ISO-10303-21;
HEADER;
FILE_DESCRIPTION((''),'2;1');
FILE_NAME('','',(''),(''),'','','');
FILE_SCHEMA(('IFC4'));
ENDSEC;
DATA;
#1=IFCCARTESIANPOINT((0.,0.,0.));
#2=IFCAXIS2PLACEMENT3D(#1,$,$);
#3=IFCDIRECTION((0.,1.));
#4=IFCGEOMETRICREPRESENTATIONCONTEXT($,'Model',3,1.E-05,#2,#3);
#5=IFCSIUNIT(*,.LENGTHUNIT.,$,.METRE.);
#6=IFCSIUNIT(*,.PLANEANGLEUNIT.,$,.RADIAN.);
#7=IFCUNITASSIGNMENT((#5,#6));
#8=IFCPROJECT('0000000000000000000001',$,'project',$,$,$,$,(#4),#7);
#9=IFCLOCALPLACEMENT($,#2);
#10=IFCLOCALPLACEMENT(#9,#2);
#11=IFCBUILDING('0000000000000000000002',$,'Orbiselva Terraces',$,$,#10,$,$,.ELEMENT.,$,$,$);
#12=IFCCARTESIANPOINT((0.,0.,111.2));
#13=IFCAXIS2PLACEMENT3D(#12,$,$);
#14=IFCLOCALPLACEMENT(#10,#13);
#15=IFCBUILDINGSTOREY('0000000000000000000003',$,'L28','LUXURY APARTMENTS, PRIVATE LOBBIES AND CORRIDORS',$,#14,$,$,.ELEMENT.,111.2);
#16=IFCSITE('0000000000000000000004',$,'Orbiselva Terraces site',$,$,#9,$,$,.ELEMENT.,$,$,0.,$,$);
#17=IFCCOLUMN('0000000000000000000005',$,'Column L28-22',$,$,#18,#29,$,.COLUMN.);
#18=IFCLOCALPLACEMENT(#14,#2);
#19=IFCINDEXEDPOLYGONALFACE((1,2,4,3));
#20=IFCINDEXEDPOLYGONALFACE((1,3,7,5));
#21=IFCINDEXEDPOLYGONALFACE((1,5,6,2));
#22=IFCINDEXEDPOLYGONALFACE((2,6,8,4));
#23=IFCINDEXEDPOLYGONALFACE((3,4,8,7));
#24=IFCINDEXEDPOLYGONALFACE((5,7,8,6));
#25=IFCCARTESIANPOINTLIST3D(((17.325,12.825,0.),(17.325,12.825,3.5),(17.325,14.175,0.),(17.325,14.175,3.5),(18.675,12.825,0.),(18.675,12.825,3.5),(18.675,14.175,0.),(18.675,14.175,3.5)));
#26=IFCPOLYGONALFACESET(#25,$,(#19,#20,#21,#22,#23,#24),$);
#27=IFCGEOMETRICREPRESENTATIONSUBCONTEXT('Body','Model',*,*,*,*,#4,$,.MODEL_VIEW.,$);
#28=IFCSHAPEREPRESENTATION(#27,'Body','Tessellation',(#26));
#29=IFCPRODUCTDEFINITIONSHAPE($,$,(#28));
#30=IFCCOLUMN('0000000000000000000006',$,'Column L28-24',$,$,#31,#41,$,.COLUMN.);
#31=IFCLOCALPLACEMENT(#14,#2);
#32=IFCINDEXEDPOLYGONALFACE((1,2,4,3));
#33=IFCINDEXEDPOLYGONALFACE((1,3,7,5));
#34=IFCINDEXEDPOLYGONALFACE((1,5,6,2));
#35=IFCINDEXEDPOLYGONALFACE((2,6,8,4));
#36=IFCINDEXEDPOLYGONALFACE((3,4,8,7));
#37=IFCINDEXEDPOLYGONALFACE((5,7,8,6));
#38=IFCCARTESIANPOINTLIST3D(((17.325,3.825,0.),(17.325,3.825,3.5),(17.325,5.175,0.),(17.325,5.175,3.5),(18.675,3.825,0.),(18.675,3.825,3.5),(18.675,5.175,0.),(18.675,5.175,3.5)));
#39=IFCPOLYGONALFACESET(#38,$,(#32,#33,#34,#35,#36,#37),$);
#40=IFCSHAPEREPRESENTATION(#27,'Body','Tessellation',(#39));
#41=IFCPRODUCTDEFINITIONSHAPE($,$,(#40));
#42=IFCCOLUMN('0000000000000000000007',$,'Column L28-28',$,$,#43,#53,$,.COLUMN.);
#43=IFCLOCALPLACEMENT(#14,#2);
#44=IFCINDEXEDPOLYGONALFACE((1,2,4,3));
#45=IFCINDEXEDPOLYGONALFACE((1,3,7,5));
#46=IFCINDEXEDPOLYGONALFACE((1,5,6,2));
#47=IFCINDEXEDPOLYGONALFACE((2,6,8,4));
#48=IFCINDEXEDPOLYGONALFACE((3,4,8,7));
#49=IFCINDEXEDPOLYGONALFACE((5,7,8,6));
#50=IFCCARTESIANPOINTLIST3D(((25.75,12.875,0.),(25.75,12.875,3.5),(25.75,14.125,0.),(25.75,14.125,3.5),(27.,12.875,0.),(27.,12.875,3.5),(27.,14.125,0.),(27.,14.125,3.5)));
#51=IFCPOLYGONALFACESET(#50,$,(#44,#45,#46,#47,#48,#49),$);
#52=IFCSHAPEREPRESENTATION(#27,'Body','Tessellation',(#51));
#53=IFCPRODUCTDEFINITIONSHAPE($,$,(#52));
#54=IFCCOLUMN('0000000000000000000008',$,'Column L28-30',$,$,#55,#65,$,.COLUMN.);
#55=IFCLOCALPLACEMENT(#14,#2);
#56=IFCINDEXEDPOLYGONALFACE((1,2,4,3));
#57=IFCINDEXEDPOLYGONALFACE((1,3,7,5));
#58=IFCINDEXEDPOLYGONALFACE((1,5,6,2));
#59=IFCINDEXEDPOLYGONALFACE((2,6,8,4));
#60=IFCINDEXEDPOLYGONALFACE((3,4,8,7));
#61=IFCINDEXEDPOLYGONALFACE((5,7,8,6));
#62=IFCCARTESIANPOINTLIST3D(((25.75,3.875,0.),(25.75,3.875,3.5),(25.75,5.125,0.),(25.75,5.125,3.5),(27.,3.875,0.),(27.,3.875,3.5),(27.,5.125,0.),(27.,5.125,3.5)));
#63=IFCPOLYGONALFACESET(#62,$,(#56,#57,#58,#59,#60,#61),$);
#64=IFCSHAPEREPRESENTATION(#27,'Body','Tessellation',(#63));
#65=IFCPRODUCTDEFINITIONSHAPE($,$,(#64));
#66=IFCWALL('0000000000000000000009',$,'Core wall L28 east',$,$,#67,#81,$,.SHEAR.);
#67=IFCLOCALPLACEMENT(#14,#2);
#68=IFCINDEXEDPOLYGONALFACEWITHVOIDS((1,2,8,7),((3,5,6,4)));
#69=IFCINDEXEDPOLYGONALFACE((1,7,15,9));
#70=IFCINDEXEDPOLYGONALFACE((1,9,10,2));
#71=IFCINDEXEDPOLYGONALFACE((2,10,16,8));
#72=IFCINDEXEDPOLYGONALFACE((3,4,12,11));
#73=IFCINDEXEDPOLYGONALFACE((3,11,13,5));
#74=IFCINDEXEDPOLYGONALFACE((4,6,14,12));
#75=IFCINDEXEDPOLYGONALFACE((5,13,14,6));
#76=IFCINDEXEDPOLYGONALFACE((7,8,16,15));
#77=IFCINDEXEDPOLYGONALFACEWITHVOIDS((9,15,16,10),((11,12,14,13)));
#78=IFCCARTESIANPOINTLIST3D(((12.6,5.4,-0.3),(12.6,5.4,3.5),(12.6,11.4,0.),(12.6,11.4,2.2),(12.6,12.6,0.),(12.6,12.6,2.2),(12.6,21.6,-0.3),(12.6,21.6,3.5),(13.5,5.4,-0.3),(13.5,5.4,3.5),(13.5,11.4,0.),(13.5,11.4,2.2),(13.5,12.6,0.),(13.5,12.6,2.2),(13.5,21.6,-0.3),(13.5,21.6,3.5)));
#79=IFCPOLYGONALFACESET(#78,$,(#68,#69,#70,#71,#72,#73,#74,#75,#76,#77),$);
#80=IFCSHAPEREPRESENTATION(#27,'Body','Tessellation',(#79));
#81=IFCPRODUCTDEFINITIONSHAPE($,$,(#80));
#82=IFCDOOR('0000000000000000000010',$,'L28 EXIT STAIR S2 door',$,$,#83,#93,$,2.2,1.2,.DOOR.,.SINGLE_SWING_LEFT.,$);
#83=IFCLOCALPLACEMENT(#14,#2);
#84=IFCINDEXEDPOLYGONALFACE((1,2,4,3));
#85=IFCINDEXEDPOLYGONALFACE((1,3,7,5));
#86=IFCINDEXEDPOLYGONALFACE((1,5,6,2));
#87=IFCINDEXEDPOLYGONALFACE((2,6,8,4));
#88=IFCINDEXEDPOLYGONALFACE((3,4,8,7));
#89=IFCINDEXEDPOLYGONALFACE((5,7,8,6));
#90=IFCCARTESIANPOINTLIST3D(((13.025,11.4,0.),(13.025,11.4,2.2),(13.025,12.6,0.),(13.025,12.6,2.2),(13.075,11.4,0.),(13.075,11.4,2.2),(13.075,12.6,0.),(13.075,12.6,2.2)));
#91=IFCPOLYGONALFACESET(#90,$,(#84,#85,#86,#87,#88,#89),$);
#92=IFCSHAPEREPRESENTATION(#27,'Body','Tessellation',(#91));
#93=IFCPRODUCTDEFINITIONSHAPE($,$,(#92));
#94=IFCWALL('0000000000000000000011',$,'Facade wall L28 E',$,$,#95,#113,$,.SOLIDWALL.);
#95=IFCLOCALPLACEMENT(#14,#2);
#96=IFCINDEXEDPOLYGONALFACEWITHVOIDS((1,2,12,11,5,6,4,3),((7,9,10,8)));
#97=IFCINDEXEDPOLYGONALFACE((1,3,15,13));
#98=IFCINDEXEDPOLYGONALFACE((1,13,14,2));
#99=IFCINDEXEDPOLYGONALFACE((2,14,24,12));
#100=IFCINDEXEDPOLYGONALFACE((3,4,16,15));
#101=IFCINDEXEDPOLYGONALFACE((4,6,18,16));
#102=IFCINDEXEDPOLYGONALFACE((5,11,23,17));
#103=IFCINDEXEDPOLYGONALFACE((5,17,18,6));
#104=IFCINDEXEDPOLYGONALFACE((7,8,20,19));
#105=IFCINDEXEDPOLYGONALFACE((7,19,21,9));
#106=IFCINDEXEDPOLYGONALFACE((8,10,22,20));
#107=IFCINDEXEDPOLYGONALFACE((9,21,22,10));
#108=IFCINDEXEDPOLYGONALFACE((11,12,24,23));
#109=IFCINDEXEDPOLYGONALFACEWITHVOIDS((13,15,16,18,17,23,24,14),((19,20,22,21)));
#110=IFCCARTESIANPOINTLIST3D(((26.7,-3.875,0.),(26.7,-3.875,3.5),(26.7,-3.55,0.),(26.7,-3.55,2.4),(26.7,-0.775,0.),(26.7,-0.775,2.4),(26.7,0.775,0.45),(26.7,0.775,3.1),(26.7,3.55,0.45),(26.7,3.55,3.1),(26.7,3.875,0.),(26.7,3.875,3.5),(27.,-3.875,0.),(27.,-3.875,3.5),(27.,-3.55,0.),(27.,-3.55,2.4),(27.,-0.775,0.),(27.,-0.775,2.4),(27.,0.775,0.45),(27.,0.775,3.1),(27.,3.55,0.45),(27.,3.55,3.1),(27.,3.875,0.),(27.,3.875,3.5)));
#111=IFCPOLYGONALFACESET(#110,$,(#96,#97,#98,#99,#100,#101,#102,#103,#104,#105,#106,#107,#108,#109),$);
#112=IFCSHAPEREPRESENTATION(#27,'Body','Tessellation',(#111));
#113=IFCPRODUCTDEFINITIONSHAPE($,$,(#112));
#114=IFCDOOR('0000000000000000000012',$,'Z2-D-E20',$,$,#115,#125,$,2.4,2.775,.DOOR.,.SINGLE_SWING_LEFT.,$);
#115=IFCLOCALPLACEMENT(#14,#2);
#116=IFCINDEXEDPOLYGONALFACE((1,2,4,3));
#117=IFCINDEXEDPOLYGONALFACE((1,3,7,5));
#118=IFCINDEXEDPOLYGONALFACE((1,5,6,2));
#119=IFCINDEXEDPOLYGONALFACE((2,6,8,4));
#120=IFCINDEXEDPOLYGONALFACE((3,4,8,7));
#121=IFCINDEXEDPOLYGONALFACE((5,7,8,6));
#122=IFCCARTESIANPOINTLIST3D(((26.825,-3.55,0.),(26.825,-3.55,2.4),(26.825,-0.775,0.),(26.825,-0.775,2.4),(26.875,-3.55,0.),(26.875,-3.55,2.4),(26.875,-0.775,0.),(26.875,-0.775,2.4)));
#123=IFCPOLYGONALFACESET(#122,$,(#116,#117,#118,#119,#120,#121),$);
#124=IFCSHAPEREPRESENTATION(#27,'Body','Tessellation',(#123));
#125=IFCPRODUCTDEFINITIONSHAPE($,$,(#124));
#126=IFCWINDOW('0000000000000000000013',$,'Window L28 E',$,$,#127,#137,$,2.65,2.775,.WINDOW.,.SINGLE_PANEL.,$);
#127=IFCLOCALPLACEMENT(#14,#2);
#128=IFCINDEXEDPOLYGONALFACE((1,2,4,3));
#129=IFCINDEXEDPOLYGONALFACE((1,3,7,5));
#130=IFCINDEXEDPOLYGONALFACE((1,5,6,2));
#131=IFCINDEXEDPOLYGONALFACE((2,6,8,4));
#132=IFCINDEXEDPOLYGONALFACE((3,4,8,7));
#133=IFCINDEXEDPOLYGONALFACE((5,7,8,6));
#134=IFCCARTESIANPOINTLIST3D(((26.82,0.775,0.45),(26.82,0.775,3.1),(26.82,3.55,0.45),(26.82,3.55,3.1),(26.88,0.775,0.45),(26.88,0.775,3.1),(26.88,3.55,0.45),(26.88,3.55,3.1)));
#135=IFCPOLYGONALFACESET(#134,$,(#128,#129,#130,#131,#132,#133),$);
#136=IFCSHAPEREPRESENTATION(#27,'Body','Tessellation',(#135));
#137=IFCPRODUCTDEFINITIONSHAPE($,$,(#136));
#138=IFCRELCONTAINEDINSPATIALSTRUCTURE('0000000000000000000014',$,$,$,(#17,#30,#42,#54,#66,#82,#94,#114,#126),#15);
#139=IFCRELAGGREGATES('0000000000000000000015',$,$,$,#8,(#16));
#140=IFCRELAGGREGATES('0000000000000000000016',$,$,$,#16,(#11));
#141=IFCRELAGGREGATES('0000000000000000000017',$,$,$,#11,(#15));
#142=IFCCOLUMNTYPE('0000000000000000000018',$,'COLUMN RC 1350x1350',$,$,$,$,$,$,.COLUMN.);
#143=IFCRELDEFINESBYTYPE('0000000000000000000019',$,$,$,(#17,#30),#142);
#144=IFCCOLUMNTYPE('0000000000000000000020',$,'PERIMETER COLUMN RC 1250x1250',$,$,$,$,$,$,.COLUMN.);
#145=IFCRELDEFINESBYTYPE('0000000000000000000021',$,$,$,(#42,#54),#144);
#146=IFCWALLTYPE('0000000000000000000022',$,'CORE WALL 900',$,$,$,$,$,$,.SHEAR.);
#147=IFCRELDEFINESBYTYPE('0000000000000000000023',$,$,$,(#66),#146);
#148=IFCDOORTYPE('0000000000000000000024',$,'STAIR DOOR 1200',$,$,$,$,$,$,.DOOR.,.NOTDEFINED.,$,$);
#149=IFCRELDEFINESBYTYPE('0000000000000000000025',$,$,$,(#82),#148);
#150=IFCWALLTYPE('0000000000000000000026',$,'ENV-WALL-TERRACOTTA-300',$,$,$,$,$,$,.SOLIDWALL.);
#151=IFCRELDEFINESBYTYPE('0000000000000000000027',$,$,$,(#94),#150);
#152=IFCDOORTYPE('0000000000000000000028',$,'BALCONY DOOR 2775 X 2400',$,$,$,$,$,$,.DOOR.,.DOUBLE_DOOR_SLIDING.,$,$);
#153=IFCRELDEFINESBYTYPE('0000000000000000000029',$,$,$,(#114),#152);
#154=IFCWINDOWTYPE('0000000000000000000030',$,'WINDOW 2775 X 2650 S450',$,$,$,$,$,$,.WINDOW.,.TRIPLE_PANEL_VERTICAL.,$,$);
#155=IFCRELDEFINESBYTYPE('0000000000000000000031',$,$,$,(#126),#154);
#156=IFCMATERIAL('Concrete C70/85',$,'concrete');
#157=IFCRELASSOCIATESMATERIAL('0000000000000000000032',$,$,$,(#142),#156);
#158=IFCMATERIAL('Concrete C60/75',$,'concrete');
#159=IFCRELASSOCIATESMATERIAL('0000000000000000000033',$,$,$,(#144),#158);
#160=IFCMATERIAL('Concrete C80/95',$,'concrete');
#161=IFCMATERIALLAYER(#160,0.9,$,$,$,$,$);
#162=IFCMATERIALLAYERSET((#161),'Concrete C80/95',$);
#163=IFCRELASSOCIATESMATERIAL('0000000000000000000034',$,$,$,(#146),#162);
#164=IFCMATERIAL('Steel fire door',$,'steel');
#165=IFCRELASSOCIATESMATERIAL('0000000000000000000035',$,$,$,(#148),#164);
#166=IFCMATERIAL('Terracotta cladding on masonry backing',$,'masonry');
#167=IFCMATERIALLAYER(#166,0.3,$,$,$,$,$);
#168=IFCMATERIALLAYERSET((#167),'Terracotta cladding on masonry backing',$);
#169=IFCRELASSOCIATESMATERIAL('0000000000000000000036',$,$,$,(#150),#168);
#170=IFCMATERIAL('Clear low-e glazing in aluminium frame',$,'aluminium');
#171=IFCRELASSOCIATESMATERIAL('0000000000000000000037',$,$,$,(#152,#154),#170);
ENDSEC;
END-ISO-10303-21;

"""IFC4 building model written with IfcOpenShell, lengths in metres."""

from ifc_helpers import new_model, si_unit, direction, frame, frame_2d, origin, origin_2d, place, context, subcontext, project, spatial, rectangle, extrude, material, layer, layer_set, material_profile, profile_set, type_object, element, fill, save


model = new_model("IFC4")

# Units and contexts
model_context = context("Model", 3, precision=1e-05, world=origin(), true_north=direction((0.0, 1.0)))
body_context = subcontext(model_context, "Body", "Model", "MODEL_VIEW")
ifc_project = project(units=[si_unit("LENGTHUNIT", "METRE"), si_unit("PLANEANGLEUNIT", "RADIAN")], contexts=[model_context])

# Site, building, storey
site_placement = place(None, origin())
site = spatial("IfcSite", under=ifc_project, at=site_placement, Name="Orbiselva Terraces site", CompositionType="ELEMENT", RefElevation=0.0)
building_placement = place(site_placement, origin())
building = spatial("IfcBuilding", under=site, at=building_placement, Name="Orbiselva Terraces", CompositionType="ELEMENT")
storey_placement = place(building_placement, frame((0.0, 0.0, 111.2)))
storey = spatial("IfcBuildingStorey", under=building, at=storey_placement, Name="L28", Description="LUXURY APARTMENTS, PRIVATE LOBBIES AND CORRIDORS", CompositionType="ELEMENT", Elevation=111.2)

# Columns
ifc_material_1 = material(Name="Concrete C70/85", Category="concrete")
ifc_material_profile_1 = material_profile(ifc_material_1, rectangle(XDim=1.35, YDim=1.35, at=origin_2d()), Name="RC 1350x1350")
ifc_profile_set_1 = profile_set([ifc_material_profile_1], Name="Concrete C70/85")
column_type_1 = type_object("IfcColumnType", Name="COLUMN RC 1350x1350", PredefinedType="COLUMN", material=ifc_profile_set_1)
for number, where, z_axis, x_axis, name in (
    (1, (18.0, 13.5, 0.0), (0.0, 0.0, 1.0), (1.0, 0.0, 0.0), "Column L28-22"),
    (2, (18.0, 4.5, 0.0), (0.0, 0.0, 1.0), (1.0, 0.0, 0.0), "Column L28-24"),
):
    element("IfcColumn", number, at=place(storey_placement, frame(where, z_axis=z_axis, x_axis=x_axis)), inside=storey, type_object=column_type_1, Name=name, PredefinedType="COLUMN", context=body_context, shape_type="SweptSolid", body=[
        extrude(rectangle(XDim=1.35, YDim=1.35, at=origin_2d()), origin(), (0.0, 0.0, 1.0), 3.5),
    ])
ifc_material_2 = material(Name="Concrete C60/75", Category="concrete")
ifc_material_profile_2 = material_profile(ifc_material_2, rectangle(XDim=1.25, YDim=1.25, at=origin_2d()), Name="RC 1250x1250")
ifc_profile_set_2 = profile_set([ifc_material_profile_2], Name="Concrete C60/75")
column_type_2 = type_object("IfcColumnType", Name="PERIMETER COLUMN RC 1250x1250", PredefinedType="COLUMN", material=ifc_profile_set_2)
for number, where, z_axis, x_axis, name in (
    (3, (26.375, 13.5, 0.0), (0.0, 0.0, 1.0), (1.0, 0.0, 0.0), "Column L28-28"),
    (4, (26.375, 4.5, 0.0), (0.0, 0.0, 1.0), (1.0, 0.0, 0.0), "Column L28-30"),
):
    element("IfcColumn", number, at=place(storey_placement, frame(where, z_axis=z_axis, x_axis=x_axis)), inside=storey, type_object=column_type_2, Name=name, PredefinedType="COLUMN", context=body_context, shape_type="SweptSolid", body=[
        extrude(rectangle(XDim=1.25, YDim=1.25, at=origin_2d()), origin(), (0.0, 0.0, 1.0), 3.5),
    ])

# Wall, opening, door
ifc_material_3 = material(Name="Concrete C80/95", Category="concrete")
ifc_layer_1 = layer(ifc_material_3, 0.9)
ifc_layer_set_1 = layer_set([ifc_layer_1], Name="Concrete C80/95")
wall_type_1 = type_object("IfcWallType", Name="CORE WALL 900", PredefinedType="SHEAR", material=ifc_layer_set_1)
wall_1_placement = place(storey_placement, frame((13.05, 5.4, -0.3), z_axis=(0.0, 0.0, 1.0), x_axis=(0.0, 1.0, 0.0)))
wall_1 = element("IfcWall", 5, at=wall_1_placement, inside=storey, type_object=wall_type_1, Name="Core wall L28 east", PredefinedType="SHEAR", context=body_context, shape_type="SweptSolid", body=[
    extrude(rectangle(XDim=16.2, YDim=0.9, at=frame_2d((8.1, 0.0))), origin(), (0.0, 0.0, 1.0), 3.8),
])
opening_1_placement = place(wall_1_placement, frame((6.0, 0.0, 0.3)))
opening_1 = element("IfcOpeningElement", 6, at=opening_1_placement, cuts=wall_1, PredefinedType="OPENING", context=body_context, shape_type="SweptSolid", body=[
    extrude(rectangle(XDim=1.2, YDim=2.2, at=frame_2d((0.6, 1.1))), frame((0.0, 0.46, 0.0), z_axis=(0.0, -1.0, 0.0), x_axis=(1.0, 0.0, 0.0)), (0.0, 0.0, 1.0), 0.92),
])
ifc_material_4 = material(Name="Steel fire door", Category="steel")
door_type_1 = type_object("IfcDoorType", Name="STAIR DOOR 1200", OperationType="NOTDEFINED", PredefinedType="DOOR", material=ifc_material_4)
door_1_placement = place(opening_1_placement, frame((1.2, 0.0, 0.0), z_axis=(0.0, 0.0, 1.0), x_axis=(-1.0, 0.0, 0.0)))
door_1 = element("IfcDoor", 7, at=door_1_placement, inside=storey, type_object=door_type_1, Name="L28 EXIT STAIR S2 door", OperationType="SINGLE_SWING_LEFT", OverallHeight=2.2, OverallWidth=1.2, PredefinedType="DOOR", context=body_context, shape_type="SweptSolid", body=[
    extrude(rectangle(XDim=1.2, YDim=2.2, at=frame_2d((0.6, 1.1))), frame((0.0, 0.025, 0.0), z_axis=(0.0, -1.0, 0.0), x_axis=(1.0, 0.0, 0.0)), (0.0, 0.0, 1.0), 0.05),
])
fill(opening_1, door_1)

# Wall, openings, door, window
ifc_material_5 = material(Name="Terracotta cladding on masonry backing", Category="masonry")
ifc_layer_2 = layer(ifc_material_5, 0.3)
ifc_layer_set_2 = layer_set([ifc_layer_2], Name="Terracotta cladding on masonry backing")
wall_type_2 = type_object("IfcWallType", Name="ENV-WALL-TERRACOTTA-300", PredefinedType="SOLIDWALL", material=ifc_layer_set_2)
wall_2_placement = place(storey_placement, frame((26.85, 3.875, 0.0), z_axis=(0.0, 0.0, 1.0), x_axis=(0.0, -1.0, 0.0)))
wall_2 = element("IfcWall", 8, at=wall_2_placement, inside=storey, type_object=wall_type_2, Name="Facade wall L28 E", PredefinedType="SOLIDWALL", context=body_context, shape_type="SweptSolid", body=[
    extrude(rectangle(XDim=7.75, YDim=0.3, at=frame_2d((3.875, 0.0))), origin(), (0.0, 0.0, 1.0), 3.5),
])
opening_2_placement = place(wall_2_placement, frame((4.65, 0.0, 0.0)))
opening_2 = element("IfcOpeningElement", 9, at=opening_2_placement, cuts=wall_2, PredefinedType="OPENING", context=body_context, shape_type="SweptSolid", body=[
    extrude(rectangle(XDim=2.775, YDim=2.4, at=frame_2d((1.3875, 1.2))), frame((0.0, 0.16, 0.0), z_axis=(0.0, -1.0, 0.0), x_axis=(1.0, 0.0, 0.0)), (0.0, 0.0, 1.0), 0.32),
])
opening_3_placement = place(wall_2_placement, frame((0.325, 0.0, 0.45)))
opening_3 = element("IfcOpeningElement", 10, at=opening_3_placement, cuts=wall_2, PredefinedType="OPENING", context=body_context, shape_type="SweptSolid", body=[
    extrude(rectangle(XDim=2.775, YDim=2.65, at=frame_2d((1.3875, 1.325))), frame((0.0, 0.16, 0.0), z_axis=(0.0, -1.0, 0.0), x_axis=(1.0, 0.0, 0.0)), (0.0, 0.0, 1.0), 0.32),
])
ifc_material_6 = material(Name="Clear low-e glazing in aluminium frame", Category="aluminium")
door_type_2 = type_object("IfcDoorType", Name="BALCONY DOOR 2775 X 2400", OperationType="DOUBLE_DOOR_SLIDING", PredefinedType="DOOR", material=ifc_material_6)
door_2_placement = place(opening_2_placement, origin())
door_2 = element("IfcDoor", 11, at=door_2_placement, inside=storey, type_object=door_type_2, Name="Z2-D-E20", OperationType="SINGLE_SWING_LEFT", OverallHeight=2.4, OverallWidth=2.775, PredefinedType="DOOR", context=body_context, shape_type="SweptSolid", body=[
    extrude(rectangle(XDim=2.775, YDim=2.4, at=frame_2d((1.3875, 1.2))), frame((0.0, 0.025, 0.0), z_axis=(0.0, -1.0, 0.0), x_axis=(1.0, 0.0, 0.0)), (0.0, 0.0, 1.0), 0.05),
])
fill(opening_2, door_2)
window_type = type_object("IfcWindowType", Name="WINDOW 2775 X 2650 S450", PartitioningType="TRIPLE_PANEL_VERTICAL", PredefinedType="WINDOW", material=ifc_material_6)
window_1_placement = place(opening_3_placement, origin())
window_1 = element("IfcWindow", 12, at=window_1_placement, inside=storey, type_object=window_type, Name="Window L28 E", OverallHeight=2.65, OverallWidth=2.775, PartitioningType="SINGLE_PANEL", PredefinedType="WINDOW", context=body_context, shape_type="SweptSolid", body=[
    extrude(rectangle(XDim=2.775, YDim=2.65, at=frame_2d((1.3875, 1.325))), frame((0.0, 0.03, 0.0), z_axis=(0.0, -1.0, 0.0), x_axis=(1.0, 0.0, 0.0)), (0.0, 0.0, 1.0), 0.06),
])
fill(opening_3, window_1)

save(model, "model.ifc")
